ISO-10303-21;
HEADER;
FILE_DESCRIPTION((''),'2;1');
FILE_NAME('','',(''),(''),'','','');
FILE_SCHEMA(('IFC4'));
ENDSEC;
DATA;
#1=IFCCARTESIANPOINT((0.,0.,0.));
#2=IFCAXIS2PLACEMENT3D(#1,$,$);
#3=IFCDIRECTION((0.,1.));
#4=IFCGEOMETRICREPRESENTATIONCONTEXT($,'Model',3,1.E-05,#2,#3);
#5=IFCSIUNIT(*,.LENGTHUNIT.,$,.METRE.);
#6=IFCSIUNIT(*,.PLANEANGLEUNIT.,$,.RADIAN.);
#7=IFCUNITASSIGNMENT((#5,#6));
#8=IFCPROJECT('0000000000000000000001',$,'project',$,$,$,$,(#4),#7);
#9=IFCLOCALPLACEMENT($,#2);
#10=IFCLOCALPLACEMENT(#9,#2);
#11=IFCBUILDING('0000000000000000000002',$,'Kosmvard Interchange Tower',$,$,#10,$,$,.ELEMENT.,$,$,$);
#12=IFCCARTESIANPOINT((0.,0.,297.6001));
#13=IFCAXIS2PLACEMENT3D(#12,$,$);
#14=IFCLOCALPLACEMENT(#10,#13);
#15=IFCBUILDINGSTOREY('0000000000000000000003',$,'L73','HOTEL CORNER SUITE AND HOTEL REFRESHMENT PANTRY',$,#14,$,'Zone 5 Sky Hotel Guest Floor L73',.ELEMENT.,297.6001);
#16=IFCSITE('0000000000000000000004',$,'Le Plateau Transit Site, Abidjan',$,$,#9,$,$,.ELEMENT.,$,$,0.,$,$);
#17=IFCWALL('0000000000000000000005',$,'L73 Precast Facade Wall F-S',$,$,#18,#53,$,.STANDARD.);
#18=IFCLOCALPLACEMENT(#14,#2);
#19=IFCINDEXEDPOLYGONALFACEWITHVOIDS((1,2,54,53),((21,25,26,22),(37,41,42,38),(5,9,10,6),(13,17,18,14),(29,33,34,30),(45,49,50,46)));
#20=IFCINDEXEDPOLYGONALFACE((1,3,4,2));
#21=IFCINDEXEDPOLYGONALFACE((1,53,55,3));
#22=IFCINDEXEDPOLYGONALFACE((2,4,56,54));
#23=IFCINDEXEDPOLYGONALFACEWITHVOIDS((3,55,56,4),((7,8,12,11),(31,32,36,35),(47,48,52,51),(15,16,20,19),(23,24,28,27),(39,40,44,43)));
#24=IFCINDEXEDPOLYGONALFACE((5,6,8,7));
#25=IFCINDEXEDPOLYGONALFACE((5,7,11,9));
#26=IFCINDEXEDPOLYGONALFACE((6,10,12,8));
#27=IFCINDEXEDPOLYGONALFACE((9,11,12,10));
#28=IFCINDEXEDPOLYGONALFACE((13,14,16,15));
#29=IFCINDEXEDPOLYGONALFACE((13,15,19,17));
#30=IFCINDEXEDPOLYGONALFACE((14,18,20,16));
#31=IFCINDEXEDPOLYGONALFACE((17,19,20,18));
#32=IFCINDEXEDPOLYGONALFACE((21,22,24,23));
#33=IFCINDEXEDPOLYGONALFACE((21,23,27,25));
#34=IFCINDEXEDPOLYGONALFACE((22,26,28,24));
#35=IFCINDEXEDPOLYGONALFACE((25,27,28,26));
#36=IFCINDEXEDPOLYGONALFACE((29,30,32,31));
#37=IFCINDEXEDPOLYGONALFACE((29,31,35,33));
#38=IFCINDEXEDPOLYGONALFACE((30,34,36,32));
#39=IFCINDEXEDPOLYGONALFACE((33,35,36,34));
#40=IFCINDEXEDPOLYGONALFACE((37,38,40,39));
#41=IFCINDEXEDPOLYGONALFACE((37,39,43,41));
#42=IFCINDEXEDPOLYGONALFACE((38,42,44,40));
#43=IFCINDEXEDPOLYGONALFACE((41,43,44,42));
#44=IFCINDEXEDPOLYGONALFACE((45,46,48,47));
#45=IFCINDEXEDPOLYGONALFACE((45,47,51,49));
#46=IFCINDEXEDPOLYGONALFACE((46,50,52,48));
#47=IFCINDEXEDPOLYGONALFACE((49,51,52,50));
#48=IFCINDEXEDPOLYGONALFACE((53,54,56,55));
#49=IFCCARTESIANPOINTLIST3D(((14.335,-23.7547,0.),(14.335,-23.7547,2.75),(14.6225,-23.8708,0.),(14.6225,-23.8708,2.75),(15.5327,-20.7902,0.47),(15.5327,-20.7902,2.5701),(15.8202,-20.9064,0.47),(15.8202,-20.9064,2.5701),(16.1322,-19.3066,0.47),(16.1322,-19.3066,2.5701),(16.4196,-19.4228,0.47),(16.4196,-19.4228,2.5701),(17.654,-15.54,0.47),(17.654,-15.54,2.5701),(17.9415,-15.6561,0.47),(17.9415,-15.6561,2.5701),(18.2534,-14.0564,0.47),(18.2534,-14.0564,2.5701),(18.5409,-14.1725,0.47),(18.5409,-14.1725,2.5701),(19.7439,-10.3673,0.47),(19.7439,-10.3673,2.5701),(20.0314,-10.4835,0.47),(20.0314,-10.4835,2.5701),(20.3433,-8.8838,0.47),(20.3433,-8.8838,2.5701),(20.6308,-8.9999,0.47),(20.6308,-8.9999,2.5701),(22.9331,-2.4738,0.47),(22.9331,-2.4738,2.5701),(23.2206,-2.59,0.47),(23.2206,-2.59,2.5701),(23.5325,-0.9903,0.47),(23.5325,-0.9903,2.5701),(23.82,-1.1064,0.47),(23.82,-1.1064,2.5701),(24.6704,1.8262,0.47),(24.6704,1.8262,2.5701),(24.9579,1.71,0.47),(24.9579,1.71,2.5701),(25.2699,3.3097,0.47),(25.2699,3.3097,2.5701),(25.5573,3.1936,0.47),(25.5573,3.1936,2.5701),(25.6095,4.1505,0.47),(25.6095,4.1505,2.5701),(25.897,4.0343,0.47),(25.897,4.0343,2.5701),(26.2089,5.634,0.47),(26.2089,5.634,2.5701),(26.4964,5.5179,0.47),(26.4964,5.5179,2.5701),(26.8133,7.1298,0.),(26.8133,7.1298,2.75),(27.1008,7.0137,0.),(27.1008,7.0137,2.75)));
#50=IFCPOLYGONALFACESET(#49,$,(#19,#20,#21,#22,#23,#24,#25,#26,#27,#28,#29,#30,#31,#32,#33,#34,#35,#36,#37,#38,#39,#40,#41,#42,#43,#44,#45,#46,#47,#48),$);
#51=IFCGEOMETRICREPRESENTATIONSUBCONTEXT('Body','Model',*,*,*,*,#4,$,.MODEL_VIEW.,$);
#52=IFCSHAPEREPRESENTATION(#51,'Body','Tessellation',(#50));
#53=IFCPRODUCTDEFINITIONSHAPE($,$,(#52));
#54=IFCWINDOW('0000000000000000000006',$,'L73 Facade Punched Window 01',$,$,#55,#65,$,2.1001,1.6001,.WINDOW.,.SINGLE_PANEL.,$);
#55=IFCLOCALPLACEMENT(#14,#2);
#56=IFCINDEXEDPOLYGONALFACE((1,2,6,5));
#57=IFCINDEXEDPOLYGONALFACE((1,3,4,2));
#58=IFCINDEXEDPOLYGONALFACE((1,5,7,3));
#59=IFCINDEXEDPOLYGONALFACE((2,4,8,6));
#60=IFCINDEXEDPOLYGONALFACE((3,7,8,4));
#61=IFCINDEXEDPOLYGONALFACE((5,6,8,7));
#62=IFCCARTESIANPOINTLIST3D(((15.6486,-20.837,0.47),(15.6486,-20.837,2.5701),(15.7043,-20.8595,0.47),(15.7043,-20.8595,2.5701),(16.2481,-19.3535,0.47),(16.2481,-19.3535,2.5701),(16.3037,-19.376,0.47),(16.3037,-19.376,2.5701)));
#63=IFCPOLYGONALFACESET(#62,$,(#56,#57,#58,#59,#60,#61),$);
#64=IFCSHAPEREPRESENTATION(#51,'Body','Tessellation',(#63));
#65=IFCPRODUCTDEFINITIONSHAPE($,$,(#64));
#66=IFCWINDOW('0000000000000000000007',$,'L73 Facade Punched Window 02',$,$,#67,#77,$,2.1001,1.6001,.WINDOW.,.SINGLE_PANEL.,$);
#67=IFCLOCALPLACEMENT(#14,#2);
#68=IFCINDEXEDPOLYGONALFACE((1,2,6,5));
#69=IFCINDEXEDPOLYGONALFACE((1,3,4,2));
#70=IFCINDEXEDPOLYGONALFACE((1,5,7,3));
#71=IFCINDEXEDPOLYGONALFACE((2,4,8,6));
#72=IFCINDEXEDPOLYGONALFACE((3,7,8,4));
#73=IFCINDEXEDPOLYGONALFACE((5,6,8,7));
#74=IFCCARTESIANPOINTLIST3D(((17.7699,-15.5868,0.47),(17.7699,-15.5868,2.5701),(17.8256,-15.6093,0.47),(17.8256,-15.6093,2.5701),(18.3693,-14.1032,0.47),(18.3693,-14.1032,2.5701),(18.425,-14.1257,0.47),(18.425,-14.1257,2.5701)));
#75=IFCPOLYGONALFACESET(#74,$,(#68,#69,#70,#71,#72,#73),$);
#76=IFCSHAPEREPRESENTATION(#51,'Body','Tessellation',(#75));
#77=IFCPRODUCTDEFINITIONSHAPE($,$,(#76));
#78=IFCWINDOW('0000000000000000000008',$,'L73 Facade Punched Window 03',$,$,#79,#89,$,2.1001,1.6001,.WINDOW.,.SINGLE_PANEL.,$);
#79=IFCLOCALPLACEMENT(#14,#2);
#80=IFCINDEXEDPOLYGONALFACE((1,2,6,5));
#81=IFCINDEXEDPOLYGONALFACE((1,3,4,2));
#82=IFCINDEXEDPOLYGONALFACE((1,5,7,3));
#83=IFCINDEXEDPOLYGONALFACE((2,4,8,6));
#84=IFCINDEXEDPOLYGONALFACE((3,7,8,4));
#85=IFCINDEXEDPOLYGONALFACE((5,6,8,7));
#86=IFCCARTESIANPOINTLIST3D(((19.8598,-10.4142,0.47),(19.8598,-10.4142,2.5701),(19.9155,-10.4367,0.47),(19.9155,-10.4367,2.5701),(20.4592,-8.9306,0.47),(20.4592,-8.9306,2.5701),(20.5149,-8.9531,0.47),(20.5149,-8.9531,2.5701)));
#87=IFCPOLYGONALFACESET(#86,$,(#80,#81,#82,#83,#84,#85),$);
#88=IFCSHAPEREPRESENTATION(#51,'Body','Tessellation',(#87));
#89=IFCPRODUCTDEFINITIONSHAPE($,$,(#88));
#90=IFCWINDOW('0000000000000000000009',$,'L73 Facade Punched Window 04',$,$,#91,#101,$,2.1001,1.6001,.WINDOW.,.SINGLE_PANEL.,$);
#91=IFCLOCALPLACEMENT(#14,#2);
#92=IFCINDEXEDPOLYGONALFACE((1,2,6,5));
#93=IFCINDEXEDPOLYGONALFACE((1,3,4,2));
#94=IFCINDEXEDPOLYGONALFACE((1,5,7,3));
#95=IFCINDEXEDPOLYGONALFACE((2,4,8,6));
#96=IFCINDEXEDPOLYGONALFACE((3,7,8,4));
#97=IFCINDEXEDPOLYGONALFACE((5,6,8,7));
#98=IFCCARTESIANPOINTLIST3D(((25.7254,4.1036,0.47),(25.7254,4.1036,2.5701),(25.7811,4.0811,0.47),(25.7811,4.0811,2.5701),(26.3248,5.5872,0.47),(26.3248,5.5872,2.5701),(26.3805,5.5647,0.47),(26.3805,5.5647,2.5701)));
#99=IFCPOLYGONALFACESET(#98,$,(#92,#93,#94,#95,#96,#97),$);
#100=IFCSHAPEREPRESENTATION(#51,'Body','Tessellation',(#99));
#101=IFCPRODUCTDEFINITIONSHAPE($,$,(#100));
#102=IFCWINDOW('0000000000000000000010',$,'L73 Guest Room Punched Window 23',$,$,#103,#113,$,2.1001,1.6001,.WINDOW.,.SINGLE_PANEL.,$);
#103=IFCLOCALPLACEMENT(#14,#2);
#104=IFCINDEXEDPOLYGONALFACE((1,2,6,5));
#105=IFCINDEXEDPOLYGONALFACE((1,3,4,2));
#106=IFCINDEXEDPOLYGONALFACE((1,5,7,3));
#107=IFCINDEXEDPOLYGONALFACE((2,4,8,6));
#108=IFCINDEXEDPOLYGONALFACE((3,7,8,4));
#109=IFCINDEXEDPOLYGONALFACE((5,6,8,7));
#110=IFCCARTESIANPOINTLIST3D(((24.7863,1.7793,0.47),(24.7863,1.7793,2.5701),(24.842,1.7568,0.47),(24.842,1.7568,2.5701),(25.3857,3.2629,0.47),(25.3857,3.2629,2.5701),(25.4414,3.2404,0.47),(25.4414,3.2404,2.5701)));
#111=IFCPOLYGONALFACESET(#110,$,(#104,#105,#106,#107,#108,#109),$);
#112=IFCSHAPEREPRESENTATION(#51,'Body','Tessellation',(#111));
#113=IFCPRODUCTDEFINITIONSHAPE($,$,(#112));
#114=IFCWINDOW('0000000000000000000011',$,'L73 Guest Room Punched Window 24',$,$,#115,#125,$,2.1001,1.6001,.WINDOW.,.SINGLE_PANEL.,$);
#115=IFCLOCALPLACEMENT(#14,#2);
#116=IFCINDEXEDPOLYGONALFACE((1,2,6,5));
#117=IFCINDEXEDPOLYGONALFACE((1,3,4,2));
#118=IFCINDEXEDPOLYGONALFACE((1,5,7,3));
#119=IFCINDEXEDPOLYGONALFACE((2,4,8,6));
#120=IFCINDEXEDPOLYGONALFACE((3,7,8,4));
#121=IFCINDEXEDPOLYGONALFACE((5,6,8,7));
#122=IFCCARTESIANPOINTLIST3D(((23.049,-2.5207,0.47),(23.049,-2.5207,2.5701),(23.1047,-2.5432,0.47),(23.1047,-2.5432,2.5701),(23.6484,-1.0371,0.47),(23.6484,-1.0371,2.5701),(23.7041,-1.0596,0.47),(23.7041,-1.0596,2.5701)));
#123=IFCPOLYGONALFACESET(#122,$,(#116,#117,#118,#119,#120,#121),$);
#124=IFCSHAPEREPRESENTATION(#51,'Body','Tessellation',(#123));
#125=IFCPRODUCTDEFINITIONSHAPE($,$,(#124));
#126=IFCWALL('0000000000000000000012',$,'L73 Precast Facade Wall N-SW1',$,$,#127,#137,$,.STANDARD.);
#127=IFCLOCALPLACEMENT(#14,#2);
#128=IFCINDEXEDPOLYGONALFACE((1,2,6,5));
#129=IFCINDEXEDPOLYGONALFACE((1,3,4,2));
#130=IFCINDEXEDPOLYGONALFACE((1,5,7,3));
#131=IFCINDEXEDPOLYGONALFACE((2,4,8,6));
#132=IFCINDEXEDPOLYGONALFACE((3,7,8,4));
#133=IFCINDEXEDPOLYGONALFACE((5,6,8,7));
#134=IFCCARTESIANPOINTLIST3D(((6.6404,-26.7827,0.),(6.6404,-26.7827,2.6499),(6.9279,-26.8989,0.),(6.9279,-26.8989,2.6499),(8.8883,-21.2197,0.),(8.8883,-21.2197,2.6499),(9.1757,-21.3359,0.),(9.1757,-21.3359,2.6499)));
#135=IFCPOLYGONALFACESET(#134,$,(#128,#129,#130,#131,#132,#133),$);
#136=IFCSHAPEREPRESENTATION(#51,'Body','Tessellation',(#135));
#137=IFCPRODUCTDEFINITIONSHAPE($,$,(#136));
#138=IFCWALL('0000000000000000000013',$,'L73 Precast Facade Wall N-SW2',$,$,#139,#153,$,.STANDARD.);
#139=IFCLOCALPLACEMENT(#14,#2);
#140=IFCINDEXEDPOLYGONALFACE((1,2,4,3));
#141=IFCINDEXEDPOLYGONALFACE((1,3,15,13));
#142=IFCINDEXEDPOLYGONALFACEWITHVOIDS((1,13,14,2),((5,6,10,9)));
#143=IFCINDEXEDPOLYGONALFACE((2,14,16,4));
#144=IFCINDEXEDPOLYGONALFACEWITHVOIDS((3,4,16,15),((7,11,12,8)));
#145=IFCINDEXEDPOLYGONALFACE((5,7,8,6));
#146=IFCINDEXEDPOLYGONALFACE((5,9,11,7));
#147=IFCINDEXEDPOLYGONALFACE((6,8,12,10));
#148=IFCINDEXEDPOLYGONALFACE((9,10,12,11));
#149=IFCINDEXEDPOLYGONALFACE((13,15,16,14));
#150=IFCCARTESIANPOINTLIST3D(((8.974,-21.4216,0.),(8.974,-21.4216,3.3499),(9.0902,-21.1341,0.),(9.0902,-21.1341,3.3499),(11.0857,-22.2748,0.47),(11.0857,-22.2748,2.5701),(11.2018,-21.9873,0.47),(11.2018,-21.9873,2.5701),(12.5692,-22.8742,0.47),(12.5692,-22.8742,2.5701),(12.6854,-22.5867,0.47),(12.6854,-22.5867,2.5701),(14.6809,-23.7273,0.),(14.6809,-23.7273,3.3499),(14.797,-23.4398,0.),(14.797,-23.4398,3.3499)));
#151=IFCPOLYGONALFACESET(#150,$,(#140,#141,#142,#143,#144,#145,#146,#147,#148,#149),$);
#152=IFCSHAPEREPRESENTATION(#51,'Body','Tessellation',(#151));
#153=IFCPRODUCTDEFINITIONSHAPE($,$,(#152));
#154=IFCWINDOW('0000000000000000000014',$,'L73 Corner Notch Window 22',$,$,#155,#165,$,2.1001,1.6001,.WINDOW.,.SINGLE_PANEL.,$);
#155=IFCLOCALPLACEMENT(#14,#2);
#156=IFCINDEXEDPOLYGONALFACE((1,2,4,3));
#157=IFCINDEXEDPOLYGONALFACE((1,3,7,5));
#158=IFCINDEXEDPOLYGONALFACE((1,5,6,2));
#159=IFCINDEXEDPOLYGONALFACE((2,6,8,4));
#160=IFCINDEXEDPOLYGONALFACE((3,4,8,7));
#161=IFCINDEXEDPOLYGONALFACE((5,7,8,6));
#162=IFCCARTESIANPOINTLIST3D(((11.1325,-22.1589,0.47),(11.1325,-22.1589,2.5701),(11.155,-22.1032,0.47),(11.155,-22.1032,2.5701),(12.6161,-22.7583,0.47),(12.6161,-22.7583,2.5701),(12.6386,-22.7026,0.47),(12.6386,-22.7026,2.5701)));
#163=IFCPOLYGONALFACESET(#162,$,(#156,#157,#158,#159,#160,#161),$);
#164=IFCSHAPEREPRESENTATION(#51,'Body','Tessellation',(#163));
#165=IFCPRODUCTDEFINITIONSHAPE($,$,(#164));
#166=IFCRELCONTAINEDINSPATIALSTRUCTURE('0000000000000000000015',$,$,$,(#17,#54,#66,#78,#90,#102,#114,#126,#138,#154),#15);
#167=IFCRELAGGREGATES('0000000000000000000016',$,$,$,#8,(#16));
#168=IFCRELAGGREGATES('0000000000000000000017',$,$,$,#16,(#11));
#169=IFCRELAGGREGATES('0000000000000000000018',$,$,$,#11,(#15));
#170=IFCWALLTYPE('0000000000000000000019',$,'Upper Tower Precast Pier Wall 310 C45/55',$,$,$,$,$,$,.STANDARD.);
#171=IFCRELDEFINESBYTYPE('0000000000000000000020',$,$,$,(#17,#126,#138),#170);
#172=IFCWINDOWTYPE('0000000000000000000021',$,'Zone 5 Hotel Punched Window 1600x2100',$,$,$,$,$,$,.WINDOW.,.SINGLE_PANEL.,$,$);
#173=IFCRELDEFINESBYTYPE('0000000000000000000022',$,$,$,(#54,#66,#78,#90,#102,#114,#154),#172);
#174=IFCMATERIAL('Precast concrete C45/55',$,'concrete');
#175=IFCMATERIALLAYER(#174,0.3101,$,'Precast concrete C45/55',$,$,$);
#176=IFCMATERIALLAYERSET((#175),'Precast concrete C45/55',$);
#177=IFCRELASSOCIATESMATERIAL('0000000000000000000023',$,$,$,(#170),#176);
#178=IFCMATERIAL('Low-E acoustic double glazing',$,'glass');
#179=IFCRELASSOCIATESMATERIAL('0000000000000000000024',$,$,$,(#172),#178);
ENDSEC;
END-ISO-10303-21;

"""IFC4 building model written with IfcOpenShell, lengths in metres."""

from ifc_helpers import new_model, si_unit, direction, frame, frame_2d, origin, place, context, subcontext, project, spatial, rectangle, extrude, source, transform, mapped, material, layer, layer_set, type_object, element, fill, save


model = new_model("IFC4")

# Units and contexts
model_context = context("Model", 3, precision=1e-05, world=origin(), true_north=direction((0.0, 1.0)))
body_context = subcontext(model_context, "Body", "Model", "MODEL_VIEW")
ifc_project = project(units=[si_unit("LENGTHUNIT", "METRE"), si_unit("PLANEANGLEUNIT", "RADIAN")], contexts=[model_context])

# Site, building, storey
site_placement = place(None, origin())
site = spatial("IfcSite", under=ifc_project, at=site_placement, Name="Le Plateau Transit Site, Abidjan", CompositionType="ELEMENT", RefElevation=0.0)
building_placement = place(site_placement, origin())
building = spatial("IfcBuilding", under=site, at=building_placement, Name="Kosmvard Interchange Tower", CompositionType="ELEMENT")
storey_placement = place(building_placement, frame((0.0, 0.0, 297.6001)))
storey = spatial("IfcBuildingStorey", under=building, at=storey_placement, Name="L73", Description="HOTEL CORNER SUITE AND HOTEL REFRESHMENT PANTRY", LongName="Zone 5 Sky Hotel Guest Floor L73", CompositionType="ELEMENT", Elevation=297.6001)

# Shared definitions
ifc_material_1 = material(Name="Precast concrete C45/55", Category="concrete")

# Wall, openings, windows
ifc_layer_1 = layer(ifc_material_1, 0.3101, Name="Precast concrete C45/55")
ifc_layer_set_1 = layer_set([ifc_layer_1], Name="Precast concrete C45/55")
wall_type = type_object("IfcWallType", Name="Upper Tower Precast Pier Wall 310 C45/55", PredefinedType="STANDARD", material=ifc_layer_set_1)
wall_1_placement = place(storey_placement, frame((14.4788, -23.8127, 0.0), z_axis=(0.0, 0.0, 1.0), x_axis=(0.37461, 0.927183, 0.0)))
wall_1 = element("IfcWall", 1, at=wall_1_placement, inside=storey, type_object=wall_type, Name="L73 Precast Facade Wall F-S", PredefinedType="STANDARD", context=body_context, shape_type="SweptSolid", body=[
    extrude(rectangle(XDim=33.3101, YDim=0.3101, at=frame_2d((16.655, 0.0))), origin(), (0.0, 0.0, 1.0), 2.75),
])
opening_1_placement = place(wall_1_placement, frame((3.1973, 0.0, 0.47)))
opening_1 = element("IfcOpeningElement", 2, at=opening_1_placement, cuts=wall_1, PredefinedType="OPENING", context=body_context, shape_type="SweptSolid", body=[
    extrude(rectangle(XDim=1.6001, YDim=2.1001, at=frame_2d((0.8, 1.05))), frame((0.0, 0.165, 0.0), z_axis=(0.0, -1.0, 0.0), x_axis=(1.0, 0.0, 0.0)), (0.0, 0.0, 1.0), 0.3301),
])
opening_2_placement = place(wall_1_placement, frame((8.8599, 0.0, 0.47)))
opening_2 = element("IfcOpeningElement", 3, at=opening_2_placement, cuts=wall_1, PredefinedType="OPENING", context=body_context, shape_type="SweptSolid", body=[
    extrude(rectangle(XDim=1.6001, YDim=2.1001, at=frame_2d((0.8, 1.05))), frame((0.0, 0.165, 0.0), z_axis=(0.0, -1.0, 0.0), x_axis=(1.0, 0.0, 0.0)), (0.0, 0.0, 1.0), 0.3301),
])
opening_3_placement = place(wall_1_placement, frame((14.4387, 0.0, 0.47)))
opening_3 = element("IfcOpeningElement", 4, at=opening_3_placement, cuts=wall_1, PredefinedType="OPENING", context=body_context, shape_type="SweptSolid", body=[
    extrude(rectangle(XDim=1.6001, YDim=2.1001, at=frame_2d((0.8, 1.05))), frame((0.0, 0.165, 0.0), z_axis=(0.0, -1.0, 0.0), x_axis=(1.0, 0.0, 0.0)), (0.0, 0.0, 1.0), 0.3301),
])
opening_4_placement = place(wall_1_placement, frame((30.0967, 0.0, 0.47)))
opening_4 = element("IfcOpeningElement", 5, at=opening_4_placement, cuts=wall_1, PredefinedType="OPENING", context=body_context, shape_type="SweptSolid", body=[
    extrude(rectangle(XDim=1.6001, YDim=2.1001, at=frame_2d((0.8, 1.05))), frame((0.0, 0.165, 0.0), z_axis=(0.0, -1.0, 0.0), x_axis=(1.0, 0.0, 0.0)), (0.0, 0.0, 1.0), 0.3301),
])
opening_5_placement = place(wall_1_placement, frame((27.5898, 0.0, 0.47)))
opening_5 = element("IfcOpeningElement", 6, at=opening_5_placement, cuts=wall_1, PredefinedType="OPENING", context=body_context, shape_type="SweptSolid", body=[
    extrude(rectangle(XDim=1.6001, YDim=2.1001, at=frame_2d((0.8, 1.05))), frame((0.0, 0.165, 0.0), z_axis=(0.0, -1.0, 0.0), x_axis=(1.0, 0.0, 0.0)), (0.0, 0.0, 1.0), 0.3301),
])
opening_6_placement = place(wall_1_placement, frame((22.9521, 0.0, 0.47)))
opening_6 = element("IfcOpeningElement", 7, at=opening_6_placement, cuts=wall_1, PredefinedType="OPENING", context=body_context, shape_type="SweptSolid", body=[
    extrude(rectangle(XDim=1.6001, YDim=2.1001, at=frame_2d((0.8, 1.05))), frame((0.0, 0.165, 0.0), z_axis=(0.0, -1.0, 0.0), x_axis=(1.0, 0.0, 0.0)), (0.0, 0.0, 1.0), 0.3301),
])
ifc_material_2 = material(Name="Low-E acoustic double glazing", Category="glass")
window_type = type_object("IfcWindowType", Name="Zone 5 Hotel Punched Window 1600x2100", PartitioningType="SINGLE_PANEL", PredefinedType="WINDOW", material=ifc_material_2)
shared_shape_1 = source(origin(), body_context, "Body", "SweptSolid", [
    extrude(rectangle(XDim=1.6001, YDim=2.1001, at=frame_2d((0.8, 1.05))), frame((0.0, 0.03, 0.0), z_axis=(0.0, -1.0, 0.0), x_axis=(1.0, 0.0, 0.0)), (0.0, 0.0, 1.0), 0.0601),
])
window_1_placement = place(opening_1_placement, origin())
window_1 = element("IfcWindow", 8, at=window_1_placement, inside=storey, type_object=window_type, Name="L73 Facade Punched Window 01", OverallHeight=2.1001, OverallWidth=1.6001, PartitioningType="SINGLE_PANEL", PredefinedType="WINDOW", context=body_context, shape_type="MappedRepresentation", body=[
    mapped(shared_shape_1, transform((0.0, 0.0, 0.0), scale=1.0)),
])
fill(opening_1, window_1)
window_2_placement = place(opening_2_placement, origin())
window_2 = element("IfcWindow", 9, at=window_2_placement, inside=storey, type_object=window_type, Name="L73 Facade Punched Window 02", OverallHeight=2.1001, OverallWidth=1.6001, PartitioningType="SINGLE_PANEL", PredefinedType="WINDOW", context=body_context, shape_type="MappedRepresentation", body=[
    mapped(shared_shape_1, transform((0.0, 0.0, 0.0), scale=1.0)),
])
fill(opening_2, window_2)
window_3_placement = place(opening_3_placement, origin())
window_3 = element("IfcWindow", 10, at=window_3_placement, inside=storey, type_object=window_type, Name="L73 Facade Punched Window 03", OverallHeight=2.1001, OverallWidth=1.6001, PartitioningType="SINGLE_PANEL", PredefinedType="WINDOW", context=body_context, shape_type="MappedRepresentation", body=[
    mapped(shared_shape_1, transform((0.0, 0.0, 0.0), scale=1.0)),
])
fill(opening_3, window_3)
window_4_placement = place(opening_4_placement, origin())
window_4 = element("IfcWindow", 11, at=window_4_placement, inside=storey, type_object=window_type, Name="L73 Facade Punched Window 04", OverallHeight=2.1001, OverallWidth=1.6001, PartitioningType="SINGLE_PANEL", PredefinedType="WINDOW", context=body_context, shape_type="MappedRepresentation", body=[
    mapped(shared_shape_1, transform((0.0, 0.0, 0.0), scale=1.0)),
])
fill(opening_4, window_4)
window_5_placement = place(opening_5_placement, origin())
window_5 = element("IfcWindow", 12, at=window_5_placement, inside=storey, type_object=window_type, Name="L73 Guest Room Punched Window 23", OverallHeight=2.1001, OverallWidth=1.6001, PartitioningType="SINGLE_PANEL", PredefinedType="WINDOW", context=body_context, shape_type="MappedRepresentation", body=[
    mapped(shared_shape_1, transform((0.0, 0.0, 0.0), scale=1.0)),
])
fill(opening_5, window_5)
window_6_placement = place(opening_6_placement, origin())
window_6 = element("IfcWindow", 13, at=window_6_placement, inside=storey, type_object=window_type, Name="L73 Guest Room Punched Window 24", OverallHeight=2.1001, OverallWidth=1.6001, PartitioningType="SINGLE_PANEL", PredefinedType="WINDOW", context=body_context, shape_type="MappedRepresentation", body=[
    mapped(shared_shape_1, transform((0.0, 0.0, 0.0), scale=1.0)),
])
fill(opening_6, window_6)

# Wall
wall_2_placement = place(storey_placement, frame((6.7842, -26.8408, 0.0), z_axis=(0.0, 0.0, 1.0), x_axis=(0.374637, 0.927172, 0.0)))
element("IfcWall", 14, at=wall_2_placement, inside=storey, type_object=wall_type, Name="L73 Precast Facade Wall N-SW1", PredefinedType="STANDARD", context=body_context, shape_type="SweptSolid", body=[
    extrude(rectangle(XDim=6.0, YDim=0.3101, at=frame_2d((3.0, 0.0))), origin(), (0.0, 0.0, 1.0), 2.6499),
])

# Wall, opening, window
wall_3_placement = place(storey_placement, frame((9.032, -21.2778, 0.0), z_axis=(0.0, 0.0, 1.0), x_axis=(0.927185, -0.374603, 0.0)))
wall_3 = element("IfcWall", 15, at=wall_3_placement, inside=storey, type_object=wall_type, Name="L73 Precast Facade Wall N-SW2", PredefinedType="STANDARD", context=body_context, shape_type="SweptSolid", body=[
    extrude(rectangle(XDim=6.155, YDim=0.3101, at=frame_2d((3.0776, 0.0))), origin(), (0.0, 0.0, 1.0), 3.3499),
])
opening_7_placement = place(wall_3_placement, frame((2.2776, 0.0, 0.47)))
opening_7 = element("IfcOpeningElement", 16, at=opening_7_placement, cuts=wall_3, PredefinedType="OPENING", context=body_context, shape_type="SweptSolid", body=[
    extrude(rectangle(XDim=1.6001, YDim=2.1001, at=frame_2d((0.8, 1.05))), frame((0.0, 0.165, 0.0), z_axis=(0.0, -1.0, 0.0), x_axis=(1.0, 0.0, 0.0)), (0.0, 0.0, 1.0), 0.3301),
])
window_7_placement = place(opening_7_placement, origin())
window_7 = element("IfcWindow", 17, at=window_7_placement, inside=storey, type_object=window_type, Name="L73 Corner Notch Window 22", OverallHeight=2.1001, OverallWidth=1.6001, PartitioningType="SINGLE_PANEL", PredefinedType="WINDOW", context=body_context, shape_type="MappedRepresentation", body=[
    mapped(shared_shape_1, transform((0.0, 0.0, 0.0), scale=1.0)),
])
fill(opening_7, window_7)

save(model, "model.ifc")
